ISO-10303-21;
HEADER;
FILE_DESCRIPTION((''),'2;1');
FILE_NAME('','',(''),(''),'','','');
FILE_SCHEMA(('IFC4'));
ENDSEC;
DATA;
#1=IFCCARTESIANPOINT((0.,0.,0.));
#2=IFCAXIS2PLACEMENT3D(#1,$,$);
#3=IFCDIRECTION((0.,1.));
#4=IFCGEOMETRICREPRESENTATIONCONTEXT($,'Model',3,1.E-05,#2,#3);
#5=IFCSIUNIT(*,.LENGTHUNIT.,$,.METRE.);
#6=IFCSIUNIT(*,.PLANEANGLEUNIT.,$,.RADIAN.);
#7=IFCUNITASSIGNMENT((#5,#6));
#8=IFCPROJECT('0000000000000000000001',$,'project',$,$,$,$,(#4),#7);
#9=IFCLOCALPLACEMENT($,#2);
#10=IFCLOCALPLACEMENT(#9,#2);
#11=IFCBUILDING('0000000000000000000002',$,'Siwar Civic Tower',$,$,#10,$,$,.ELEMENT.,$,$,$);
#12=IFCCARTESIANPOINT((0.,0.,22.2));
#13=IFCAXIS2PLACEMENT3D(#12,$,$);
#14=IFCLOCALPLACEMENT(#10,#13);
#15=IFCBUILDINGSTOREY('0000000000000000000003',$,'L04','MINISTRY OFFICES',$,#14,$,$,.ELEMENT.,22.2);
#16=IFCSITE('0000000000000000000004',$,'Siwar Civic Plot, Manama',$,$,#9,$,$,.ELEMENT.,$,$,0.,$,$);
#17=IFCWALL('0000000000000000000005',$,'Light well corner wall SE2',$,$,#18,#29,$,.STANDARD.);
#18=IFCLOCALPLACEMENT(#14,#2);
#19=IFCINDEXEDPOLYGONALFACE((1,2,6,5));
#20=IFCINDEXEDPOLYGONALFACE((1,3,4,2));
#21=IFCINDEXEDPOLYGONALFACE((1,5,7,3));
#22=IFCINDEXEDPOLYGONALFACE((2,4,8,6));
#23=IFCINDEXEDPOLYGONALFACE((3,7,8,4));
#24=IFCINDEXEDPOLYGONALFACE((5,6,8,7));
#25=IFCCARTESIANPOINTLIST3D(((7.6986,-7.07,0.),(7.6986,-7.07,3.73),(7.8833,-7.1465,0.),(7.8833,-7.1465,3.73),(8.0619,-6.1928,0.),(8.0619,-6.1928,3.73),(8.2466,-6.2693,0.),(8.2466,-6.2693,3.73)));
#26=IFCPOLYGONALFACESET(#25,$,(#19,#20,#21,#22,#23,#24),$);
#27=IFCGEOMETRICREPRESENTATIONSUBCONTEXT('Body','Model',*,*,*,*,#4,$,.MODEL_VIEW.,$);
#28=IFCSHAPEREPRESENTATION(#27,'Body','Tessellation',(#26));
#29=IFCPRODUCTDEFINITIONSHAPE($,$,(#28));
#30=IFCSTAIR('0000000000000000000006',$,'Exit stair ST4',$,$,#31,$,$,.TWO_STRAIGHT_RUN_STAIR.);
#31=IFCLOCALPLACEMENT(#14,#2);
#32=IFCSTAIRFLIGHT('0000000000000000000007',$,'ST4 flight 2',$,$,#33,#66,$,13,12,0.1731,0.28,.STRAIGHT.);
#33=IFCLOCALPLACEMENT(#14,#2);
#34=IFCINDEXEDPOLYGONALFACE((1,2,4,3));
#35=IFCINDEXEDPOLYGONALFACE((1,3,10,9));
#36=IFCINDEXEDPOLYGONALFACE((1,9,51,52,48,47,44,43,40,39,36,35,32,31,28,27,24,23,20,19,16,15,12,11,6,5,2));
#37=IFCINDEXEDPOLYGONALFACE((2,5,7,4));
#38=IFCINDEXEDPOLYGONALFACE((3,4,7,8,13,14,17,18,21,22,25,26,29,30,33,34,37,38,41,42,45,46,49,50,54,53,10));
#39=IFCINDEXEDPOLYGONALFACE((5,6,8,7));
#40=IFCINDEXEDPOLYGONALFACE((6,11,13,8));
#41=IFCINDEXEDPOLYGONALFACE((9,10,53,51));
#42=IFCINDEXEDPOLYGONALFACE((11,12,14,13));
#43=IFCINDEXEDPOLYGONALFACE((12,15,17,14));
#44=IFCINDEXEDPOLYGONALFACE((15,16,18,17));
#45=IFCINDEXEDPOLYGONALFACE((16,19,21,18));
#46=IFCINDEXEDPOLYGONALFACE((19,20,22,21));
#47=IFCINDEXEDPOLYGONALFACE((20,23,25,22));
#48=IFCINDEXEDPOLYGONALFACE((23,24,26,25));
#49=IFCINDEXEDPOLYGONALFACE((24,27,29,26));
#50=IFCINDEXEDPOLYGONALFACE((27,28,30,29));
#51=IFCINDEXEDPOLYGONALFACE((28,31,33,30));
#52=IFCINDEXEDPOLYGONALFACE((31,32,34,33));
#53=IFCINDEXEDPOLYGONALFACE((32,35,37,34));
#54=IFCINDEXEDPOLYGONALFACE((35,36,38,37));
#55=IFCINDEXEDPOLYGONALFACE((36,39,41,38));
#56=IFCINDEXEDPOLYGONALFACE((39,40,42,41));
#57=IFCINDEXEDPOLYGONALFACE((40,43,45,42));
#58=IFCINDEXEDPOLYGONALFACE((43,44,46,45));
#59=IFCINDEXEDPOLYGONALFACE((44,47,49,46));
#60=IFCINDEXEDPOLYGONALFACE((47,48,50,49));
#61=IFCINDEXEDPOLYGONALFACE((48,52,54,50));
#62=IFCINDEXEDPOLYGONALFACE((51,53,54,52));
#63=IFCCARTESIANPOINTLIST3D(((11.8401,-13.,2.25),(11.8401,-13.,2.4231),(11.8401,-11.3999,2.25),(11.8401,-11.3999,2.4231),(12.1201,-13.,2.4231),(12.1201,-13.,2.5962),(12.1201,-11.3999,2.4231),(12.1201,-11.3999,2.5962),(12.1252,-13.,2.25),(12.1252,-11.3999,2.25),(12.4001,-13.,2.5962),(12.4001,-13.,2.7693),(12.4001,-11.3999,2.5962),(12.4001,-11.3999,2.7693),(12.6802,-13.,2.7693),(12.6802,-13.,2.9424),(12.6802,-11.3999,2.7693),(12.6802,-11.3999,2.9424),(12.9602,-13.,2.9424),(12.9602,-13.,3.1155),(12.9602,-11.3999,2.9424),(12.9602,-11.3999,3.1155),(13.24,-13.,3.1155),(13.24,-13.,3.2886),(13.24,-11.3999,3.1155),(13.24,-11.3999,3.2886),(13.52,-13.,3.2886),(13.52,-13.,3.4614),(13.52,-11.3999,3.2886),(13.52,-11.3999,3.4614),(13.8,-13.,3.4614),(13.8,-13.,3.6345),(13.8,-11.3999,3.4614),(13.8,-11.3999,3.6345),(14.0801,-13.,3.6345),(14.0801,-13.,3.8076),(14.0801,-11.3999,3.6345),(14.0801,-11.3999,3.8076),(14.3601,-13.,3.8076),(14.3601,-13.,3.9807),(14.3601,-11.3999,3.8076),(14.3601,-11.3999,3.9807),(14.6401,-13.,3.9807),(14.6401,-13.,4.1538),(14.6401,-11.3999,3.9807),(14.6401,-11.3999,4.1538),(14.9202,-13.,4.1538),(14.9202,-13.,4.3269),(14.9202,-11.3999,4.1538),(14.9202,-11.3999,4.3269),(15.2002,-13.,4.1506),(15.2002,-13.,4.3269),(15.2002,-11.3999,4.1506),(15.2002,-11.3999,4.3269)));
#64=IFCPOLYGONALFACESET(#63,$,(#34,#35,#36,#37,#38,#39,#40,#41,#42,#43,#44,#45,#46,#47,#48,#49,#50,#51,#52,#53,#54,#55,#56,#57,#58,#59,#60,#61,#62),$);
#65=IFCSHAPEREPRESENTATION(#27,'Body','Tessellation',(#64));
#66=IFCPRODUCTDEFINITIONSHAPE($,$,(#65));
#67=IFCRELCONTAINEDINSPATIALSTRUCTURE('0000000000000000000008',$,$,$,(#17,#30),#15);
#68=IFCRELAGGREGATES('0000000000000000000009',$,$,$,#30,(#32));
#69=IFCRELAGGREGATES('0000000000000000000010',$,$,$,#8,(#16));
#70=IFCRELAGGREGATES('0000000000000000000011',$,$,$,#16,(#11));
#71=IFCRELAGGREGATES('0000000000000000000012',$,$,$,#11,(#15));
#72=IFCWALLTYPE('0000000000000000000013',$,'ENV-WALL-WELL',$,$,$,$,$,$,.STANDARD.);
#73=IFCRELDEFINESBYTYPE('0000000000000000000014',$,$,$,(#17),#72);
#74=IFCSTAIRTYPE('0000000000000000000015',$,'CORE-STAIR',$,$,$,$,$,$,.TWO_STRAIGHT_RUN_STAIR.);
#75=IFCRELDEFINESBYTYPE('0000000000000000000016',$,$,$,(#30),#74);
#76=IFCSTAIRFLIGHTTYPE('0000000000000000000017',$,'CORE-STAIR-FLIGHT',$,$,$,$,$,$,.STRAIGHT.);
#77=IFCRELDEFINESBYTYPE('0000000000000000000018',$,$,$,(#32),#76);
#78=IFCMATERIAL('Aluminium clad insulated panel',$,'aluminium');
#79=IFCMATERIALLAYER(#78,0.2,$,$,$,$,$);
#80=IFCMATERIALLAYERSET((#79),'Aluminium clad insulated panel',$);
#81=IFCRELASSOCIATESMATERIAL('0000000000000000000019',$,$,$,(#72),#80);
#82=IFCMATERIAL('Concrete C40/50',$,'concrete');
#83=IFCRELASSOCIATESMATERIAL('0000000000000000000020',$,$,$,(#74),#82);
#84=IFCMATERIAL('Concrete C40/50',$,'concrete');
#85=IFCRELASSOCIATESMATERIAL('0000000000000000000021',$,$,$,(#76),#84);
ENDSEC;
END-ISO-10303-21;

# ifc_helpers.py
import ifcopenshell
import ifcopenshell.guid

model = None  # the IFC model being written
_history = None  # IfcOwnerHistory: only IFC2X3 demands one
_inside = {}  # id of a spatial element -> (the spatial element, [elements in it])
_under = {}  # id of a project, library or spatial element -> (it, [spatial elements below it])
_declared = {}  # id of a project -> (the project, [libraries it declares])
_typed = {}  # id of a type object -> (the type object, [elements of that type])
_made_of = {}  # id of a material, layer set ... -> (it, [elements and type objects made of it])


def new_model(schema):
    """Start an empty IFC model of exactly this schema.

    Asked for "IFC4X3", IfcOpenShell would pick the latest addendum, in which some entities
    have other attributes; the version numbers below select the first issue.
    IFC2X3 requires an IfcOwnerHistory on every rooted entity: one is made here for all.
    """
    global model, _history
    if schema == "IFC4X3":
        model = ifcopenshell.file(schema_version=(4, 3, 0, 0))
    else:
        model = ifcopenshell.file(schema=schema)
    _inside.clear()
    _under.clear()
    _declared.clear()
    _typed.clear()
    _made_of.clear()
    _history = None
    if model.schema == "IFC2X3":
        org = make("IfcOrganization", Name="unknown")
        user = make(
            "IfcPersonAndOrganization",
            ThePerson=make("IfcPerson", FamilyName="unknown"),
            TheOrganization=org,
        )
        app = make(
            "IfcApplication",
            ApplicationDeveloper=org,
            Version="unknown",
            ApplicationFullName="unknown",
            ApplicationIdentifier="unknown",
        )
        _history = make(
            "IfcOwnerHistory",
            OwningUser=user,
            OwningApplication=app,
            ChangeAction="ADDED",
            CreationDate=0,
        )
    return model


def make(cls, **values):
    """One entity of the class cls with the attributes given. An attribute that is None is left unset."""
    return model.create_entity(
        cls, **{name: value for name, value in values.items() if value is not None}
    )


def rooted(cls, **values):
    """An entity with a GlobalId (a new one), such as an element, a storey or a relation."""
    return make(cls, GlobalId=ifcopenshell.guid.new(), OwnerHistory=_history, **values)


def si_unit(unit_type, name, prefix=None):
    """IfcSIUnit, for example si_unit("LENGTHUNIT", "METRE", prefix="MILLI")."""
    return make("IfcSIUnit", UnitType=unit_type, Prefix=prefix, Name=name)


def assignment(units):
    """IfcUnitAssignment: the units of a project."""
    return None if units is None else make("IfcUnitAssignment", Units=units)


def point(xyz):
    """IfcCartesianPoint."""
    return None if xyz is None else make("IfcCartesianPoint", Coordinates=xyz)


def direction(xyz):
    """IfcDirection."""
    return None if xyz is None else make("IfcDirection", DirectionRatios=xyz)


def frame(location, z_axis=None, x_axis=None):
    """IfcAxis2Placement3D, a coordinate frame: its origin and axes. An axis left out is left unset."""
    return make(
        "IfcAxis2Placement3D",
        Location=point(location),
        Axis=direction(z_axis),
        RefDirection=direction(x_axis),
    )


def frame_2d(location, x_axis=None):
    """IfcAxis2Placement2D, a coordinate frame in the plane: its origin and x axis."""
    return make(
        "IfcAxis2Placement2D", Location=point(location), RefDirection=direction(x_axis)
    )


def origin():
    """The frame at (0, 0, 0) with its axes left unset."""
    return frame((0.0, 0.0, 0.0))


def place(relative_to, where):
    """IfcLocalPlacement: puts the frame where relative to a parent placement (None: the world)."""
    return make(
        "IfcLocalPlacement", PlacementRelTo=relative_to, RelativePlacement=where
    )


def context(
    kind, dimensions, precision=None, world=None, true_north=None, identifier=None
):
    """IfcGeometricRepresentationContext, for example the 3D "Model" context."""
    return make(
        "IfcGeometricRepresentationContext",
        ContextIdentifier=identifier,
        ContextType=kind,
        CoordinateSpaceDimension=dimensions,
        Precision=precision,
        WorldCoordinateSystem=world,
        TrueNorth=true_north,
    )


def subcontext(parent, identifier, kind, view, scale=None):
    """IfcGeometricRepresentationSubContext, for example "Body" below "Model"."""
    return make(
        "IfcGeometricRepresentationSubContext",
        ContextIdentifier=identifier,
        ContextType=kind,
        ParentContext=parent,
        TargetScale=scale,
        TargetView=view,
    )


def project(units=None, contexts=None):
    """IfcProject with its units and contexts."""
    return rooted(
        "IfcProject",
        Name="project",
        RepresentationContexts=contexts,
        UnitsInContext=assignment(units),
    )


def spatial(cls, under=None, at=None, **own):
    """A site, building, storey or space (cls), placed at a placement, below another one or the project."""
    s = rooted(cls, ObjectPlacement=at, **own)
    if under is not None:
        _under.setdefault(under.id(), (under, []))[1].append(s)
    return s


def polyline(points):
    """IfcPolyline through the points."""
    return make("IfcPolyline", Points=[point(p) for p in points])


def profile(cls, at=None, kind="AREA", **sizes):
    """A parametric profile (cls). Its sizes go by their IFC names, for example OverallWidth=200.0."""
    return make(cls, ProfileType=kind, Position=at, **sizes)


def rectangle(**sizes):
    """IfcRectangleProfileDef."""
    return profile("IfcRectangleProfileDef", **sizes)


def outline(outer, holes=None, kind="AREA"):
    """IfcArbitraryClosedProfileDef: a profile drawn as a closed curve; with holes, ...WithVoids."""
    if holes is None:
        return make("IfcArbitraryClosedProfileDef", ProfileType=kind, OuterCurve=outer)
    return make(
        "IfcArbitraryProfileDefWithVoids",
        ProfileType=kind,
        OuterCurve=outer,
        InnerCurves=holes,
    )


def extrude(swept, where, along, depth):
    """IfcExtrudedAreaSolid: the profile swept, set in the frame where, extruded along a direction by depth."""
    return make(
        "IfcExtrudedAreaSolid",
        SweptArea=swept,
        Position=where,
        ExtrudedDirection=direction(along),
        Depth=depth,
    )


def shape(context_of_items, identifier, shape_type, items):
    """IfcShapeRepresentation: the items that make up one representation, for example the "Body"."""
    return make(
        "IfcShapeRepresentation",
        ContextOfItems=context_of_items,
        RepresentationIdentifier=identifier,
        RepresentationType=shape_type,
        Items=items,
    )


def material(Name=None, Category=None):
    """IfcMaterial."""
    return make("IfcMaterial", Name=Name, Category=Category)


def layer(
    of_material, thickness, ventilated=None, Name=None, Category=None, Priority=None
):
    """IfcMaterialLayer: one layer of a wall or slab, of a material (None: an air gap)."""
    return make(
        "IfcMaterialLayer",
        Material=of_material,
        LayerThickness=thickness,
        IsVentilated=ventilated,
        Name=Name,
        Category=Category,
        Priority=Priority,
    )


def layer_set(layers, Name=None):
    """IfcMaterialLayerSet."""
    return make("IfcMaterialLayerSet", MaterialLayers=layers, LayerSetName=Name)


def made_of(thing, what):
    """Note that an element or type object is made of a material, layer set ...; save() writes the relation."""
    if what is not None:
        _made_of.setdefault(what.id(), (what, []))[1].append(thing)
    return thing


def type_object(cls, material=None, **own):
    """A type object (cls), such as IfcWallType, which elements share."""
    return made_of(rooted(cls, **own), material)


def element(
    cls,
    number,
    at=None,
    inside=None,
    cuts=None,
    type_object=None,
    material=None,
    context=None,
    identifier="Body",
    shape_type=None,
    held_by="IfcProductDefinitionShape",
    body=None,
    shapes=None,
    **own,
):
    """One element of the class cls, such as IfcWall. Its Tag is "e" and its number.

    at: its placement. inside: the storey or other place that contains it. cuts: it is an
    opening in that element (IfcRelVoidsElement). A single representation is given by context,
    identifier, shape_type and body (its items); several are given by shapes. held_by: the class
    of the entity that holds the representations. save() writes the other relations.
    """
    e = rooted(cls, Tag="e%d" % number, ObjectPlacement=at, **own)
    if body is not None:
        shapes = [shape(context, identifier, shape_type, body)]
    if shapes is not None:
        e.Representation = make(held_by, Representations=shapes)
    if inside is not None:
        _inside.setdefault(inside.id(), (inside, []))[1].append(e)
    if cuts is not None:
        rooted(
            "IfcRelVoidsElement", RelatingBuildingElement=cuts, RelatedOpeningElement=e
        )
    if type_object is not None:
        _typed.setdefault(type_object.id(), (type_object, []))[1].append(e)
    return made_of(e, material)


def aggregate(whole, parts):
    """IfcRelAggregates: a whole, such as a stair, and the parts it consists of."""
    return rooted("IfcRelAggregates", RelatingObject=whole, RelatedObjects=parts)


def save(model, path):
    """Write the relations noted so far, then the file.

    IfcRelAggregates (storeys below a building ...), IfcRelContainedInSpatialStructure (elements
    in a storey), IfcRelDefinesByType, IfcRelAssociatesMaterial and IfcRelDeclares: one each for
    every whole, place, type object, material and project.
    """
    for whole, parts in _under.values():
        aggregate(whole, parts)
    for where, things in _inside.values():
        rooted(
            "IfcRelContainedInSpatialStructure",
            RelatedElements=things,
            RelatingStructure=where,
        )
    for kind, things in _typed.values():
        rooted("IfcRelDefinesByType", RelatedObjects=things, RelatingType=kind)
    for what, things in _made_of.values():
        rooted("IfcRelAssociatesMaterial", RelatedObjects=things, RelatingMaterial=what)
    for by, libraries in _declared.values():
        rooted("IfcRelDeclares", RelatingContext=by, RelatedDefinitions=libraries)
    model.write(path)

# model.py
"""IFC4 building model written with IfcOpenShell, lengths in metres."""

from ifc_helpers import new_model, si_unit, direction, frame, frame_2d, origin, place, context, subcontext, project, spatial, polyline, rectangle, outline, extrude, material, layer, layer_set, type_object, element, aggregate, save


model = new_model("IFC4")

# Units and contexts
model_context = context("Model", 3, precision=1e-05, world=origin(), true_north=direction((0.0, 1.0)))
body_context = subcontext(model_context, "Body", "Model", "MODEL_VIEW")
ifc_project = project(units=[si_unit("LENGTHUNIT", "METRE"), si_unit("PLANEANGLEUNIT", "RADIAN")], contexts=[model_context])

# Site, building, storey
site_placement = place(None, origin())
site = spatial("IfcSite", under=ifc_project, at=site_placement, Name="Siwar Civic Plot, Manama", CompositionType="ELEMENT", RefElevation=0.0)
building_placement = place(site_placement, origin())
building = spatial("IfcBuilding", under=site, at=building_placement, Name="Siwar Civic Tower", CompositionType="ELEMENT")
storey_placement = place(building_placement, frame((0.0, 0.0, 22.2)))
storey = spatial("IfcBuildingStorey", under=building, at=storey_placement, Name="L04", Description="MINISTRY OFFICES", CompositionType="ELEMENT", Elevation=22.2)

# Wall
ifc_material_1 = material(Name="Aluminium clad insulated panel", Category="aluminium")
ifc_layer_1 = layer(ifc_material_1, 0.2)
ifc_layer_set_1 = layer_set([ifc_layer_1], Name="Aluminium clad insulated panel")
wall_type_1 = type_object("IfcWallType", Name="ENV-WALL-WELL", PredefinedType="STANDARD", material=ifc_layer_set_1)
wall_1_placement = place(storey_placement, frame((7.791, -7.1082, 0.0), z_axis=(0.0, 0.0, 1.0), x_axis=(0.382624, 0.923904, 0.0)))
element("IfcWall", 1, at=wall_1_placement, inside=storey, type_object=wall_type_1, Name="Light well corner wall SE2", PredefinedType="STANDARD", context=body_context, shape_type="SweptSolid", body=[
    extrude(rectangle(XDim=0.9495, YDim=0.2, at=frame_2d((0.4746, 0.0))), origin(), (0.0, 0.0, 1.0), 3.73),
])

# Stair, stair flight
ifc_material_2 = material(Name="Concrete C40/50", Category="concrete")
stair_type = type_object("IfcStairType", Name="CORE-STAIR", PredefinedType="TWO_STRAIGHT_RUN_STAIR", material=ifc_material_2)
stair_placement = place(storey_placement, origin())
stair = element("IfcStair", 2, at=stair_placement, inside=storey, type_object=stair_type, Name="Exit stair ST4", PredefinedType="TWO_STRAIGHT_RUN_STAIR")
ifc_material_3 = material(Name="Concrete C40/50", Category="concrete")
stair_flight_type = type_object("IfcStairFlightType", Name="CORE-STAIR-FLIGHT", PredefinedType="STRAIGHT", material=ifc_material_3)
stair_flight_placement = place(storey_placement, frame((11.8401, -12.2, 2.25), z_axis=(0.0, 0.0, 1.0), x_axis=(1.0, 0.0, 0.0)))
stair_flight = element("IfcStairFlight", 3, at=stair_flight_placement, type_object=stair_flight_type, Name="ST4 flight 2", NumberOfRisers=13, NumberOfTreads=12, PredefinedType="STRAIGHT", RiserHeight=0.1731, TreadLength=0.28, context=body_context, shape_type="SweptSolid", body=[
    extrude(outline(polyline([(0.0, 0.0), (0.0, 0.1731), (0.28, 0.1731), (0.28, 0.3462), (0.5601, 0.3462), (0.5601, 0.5193), (0.8401, 0.5193), (0.8401, 0.6924), (1.1201, 0.6924), (1.1201, 0.8655), (1.3999, 0.8655), (1.3999, 1.0386), (1.6799, 1.0386), (1.6799, 1.2114), (1.96, 1.2114), (1.96, 1.3845), (2.24, 1.3845), (2.24, 1.5576), (2.52, 1.5576), (2.52, 1.7307), (2.8, 1.7307), (2.8, 1.9038), (3.0801, 1.9038), (3.0801, 2.0769), (3.3601, 2.0769), (3.3601, 2.25), (3.3601, 1.9006), (0.2852, 0.0), (0.0, 0.0)])), frame((0.0, 0.8, 0.0), z_axis=(0.0, -1.0, 0.0), x_axis=(1.0, 0.0, 0.0)), (0.0, 0.0, 1.0), 1.6001),
])
aggregate(stair, [stair_flight])

save(model, "model.ifc")
